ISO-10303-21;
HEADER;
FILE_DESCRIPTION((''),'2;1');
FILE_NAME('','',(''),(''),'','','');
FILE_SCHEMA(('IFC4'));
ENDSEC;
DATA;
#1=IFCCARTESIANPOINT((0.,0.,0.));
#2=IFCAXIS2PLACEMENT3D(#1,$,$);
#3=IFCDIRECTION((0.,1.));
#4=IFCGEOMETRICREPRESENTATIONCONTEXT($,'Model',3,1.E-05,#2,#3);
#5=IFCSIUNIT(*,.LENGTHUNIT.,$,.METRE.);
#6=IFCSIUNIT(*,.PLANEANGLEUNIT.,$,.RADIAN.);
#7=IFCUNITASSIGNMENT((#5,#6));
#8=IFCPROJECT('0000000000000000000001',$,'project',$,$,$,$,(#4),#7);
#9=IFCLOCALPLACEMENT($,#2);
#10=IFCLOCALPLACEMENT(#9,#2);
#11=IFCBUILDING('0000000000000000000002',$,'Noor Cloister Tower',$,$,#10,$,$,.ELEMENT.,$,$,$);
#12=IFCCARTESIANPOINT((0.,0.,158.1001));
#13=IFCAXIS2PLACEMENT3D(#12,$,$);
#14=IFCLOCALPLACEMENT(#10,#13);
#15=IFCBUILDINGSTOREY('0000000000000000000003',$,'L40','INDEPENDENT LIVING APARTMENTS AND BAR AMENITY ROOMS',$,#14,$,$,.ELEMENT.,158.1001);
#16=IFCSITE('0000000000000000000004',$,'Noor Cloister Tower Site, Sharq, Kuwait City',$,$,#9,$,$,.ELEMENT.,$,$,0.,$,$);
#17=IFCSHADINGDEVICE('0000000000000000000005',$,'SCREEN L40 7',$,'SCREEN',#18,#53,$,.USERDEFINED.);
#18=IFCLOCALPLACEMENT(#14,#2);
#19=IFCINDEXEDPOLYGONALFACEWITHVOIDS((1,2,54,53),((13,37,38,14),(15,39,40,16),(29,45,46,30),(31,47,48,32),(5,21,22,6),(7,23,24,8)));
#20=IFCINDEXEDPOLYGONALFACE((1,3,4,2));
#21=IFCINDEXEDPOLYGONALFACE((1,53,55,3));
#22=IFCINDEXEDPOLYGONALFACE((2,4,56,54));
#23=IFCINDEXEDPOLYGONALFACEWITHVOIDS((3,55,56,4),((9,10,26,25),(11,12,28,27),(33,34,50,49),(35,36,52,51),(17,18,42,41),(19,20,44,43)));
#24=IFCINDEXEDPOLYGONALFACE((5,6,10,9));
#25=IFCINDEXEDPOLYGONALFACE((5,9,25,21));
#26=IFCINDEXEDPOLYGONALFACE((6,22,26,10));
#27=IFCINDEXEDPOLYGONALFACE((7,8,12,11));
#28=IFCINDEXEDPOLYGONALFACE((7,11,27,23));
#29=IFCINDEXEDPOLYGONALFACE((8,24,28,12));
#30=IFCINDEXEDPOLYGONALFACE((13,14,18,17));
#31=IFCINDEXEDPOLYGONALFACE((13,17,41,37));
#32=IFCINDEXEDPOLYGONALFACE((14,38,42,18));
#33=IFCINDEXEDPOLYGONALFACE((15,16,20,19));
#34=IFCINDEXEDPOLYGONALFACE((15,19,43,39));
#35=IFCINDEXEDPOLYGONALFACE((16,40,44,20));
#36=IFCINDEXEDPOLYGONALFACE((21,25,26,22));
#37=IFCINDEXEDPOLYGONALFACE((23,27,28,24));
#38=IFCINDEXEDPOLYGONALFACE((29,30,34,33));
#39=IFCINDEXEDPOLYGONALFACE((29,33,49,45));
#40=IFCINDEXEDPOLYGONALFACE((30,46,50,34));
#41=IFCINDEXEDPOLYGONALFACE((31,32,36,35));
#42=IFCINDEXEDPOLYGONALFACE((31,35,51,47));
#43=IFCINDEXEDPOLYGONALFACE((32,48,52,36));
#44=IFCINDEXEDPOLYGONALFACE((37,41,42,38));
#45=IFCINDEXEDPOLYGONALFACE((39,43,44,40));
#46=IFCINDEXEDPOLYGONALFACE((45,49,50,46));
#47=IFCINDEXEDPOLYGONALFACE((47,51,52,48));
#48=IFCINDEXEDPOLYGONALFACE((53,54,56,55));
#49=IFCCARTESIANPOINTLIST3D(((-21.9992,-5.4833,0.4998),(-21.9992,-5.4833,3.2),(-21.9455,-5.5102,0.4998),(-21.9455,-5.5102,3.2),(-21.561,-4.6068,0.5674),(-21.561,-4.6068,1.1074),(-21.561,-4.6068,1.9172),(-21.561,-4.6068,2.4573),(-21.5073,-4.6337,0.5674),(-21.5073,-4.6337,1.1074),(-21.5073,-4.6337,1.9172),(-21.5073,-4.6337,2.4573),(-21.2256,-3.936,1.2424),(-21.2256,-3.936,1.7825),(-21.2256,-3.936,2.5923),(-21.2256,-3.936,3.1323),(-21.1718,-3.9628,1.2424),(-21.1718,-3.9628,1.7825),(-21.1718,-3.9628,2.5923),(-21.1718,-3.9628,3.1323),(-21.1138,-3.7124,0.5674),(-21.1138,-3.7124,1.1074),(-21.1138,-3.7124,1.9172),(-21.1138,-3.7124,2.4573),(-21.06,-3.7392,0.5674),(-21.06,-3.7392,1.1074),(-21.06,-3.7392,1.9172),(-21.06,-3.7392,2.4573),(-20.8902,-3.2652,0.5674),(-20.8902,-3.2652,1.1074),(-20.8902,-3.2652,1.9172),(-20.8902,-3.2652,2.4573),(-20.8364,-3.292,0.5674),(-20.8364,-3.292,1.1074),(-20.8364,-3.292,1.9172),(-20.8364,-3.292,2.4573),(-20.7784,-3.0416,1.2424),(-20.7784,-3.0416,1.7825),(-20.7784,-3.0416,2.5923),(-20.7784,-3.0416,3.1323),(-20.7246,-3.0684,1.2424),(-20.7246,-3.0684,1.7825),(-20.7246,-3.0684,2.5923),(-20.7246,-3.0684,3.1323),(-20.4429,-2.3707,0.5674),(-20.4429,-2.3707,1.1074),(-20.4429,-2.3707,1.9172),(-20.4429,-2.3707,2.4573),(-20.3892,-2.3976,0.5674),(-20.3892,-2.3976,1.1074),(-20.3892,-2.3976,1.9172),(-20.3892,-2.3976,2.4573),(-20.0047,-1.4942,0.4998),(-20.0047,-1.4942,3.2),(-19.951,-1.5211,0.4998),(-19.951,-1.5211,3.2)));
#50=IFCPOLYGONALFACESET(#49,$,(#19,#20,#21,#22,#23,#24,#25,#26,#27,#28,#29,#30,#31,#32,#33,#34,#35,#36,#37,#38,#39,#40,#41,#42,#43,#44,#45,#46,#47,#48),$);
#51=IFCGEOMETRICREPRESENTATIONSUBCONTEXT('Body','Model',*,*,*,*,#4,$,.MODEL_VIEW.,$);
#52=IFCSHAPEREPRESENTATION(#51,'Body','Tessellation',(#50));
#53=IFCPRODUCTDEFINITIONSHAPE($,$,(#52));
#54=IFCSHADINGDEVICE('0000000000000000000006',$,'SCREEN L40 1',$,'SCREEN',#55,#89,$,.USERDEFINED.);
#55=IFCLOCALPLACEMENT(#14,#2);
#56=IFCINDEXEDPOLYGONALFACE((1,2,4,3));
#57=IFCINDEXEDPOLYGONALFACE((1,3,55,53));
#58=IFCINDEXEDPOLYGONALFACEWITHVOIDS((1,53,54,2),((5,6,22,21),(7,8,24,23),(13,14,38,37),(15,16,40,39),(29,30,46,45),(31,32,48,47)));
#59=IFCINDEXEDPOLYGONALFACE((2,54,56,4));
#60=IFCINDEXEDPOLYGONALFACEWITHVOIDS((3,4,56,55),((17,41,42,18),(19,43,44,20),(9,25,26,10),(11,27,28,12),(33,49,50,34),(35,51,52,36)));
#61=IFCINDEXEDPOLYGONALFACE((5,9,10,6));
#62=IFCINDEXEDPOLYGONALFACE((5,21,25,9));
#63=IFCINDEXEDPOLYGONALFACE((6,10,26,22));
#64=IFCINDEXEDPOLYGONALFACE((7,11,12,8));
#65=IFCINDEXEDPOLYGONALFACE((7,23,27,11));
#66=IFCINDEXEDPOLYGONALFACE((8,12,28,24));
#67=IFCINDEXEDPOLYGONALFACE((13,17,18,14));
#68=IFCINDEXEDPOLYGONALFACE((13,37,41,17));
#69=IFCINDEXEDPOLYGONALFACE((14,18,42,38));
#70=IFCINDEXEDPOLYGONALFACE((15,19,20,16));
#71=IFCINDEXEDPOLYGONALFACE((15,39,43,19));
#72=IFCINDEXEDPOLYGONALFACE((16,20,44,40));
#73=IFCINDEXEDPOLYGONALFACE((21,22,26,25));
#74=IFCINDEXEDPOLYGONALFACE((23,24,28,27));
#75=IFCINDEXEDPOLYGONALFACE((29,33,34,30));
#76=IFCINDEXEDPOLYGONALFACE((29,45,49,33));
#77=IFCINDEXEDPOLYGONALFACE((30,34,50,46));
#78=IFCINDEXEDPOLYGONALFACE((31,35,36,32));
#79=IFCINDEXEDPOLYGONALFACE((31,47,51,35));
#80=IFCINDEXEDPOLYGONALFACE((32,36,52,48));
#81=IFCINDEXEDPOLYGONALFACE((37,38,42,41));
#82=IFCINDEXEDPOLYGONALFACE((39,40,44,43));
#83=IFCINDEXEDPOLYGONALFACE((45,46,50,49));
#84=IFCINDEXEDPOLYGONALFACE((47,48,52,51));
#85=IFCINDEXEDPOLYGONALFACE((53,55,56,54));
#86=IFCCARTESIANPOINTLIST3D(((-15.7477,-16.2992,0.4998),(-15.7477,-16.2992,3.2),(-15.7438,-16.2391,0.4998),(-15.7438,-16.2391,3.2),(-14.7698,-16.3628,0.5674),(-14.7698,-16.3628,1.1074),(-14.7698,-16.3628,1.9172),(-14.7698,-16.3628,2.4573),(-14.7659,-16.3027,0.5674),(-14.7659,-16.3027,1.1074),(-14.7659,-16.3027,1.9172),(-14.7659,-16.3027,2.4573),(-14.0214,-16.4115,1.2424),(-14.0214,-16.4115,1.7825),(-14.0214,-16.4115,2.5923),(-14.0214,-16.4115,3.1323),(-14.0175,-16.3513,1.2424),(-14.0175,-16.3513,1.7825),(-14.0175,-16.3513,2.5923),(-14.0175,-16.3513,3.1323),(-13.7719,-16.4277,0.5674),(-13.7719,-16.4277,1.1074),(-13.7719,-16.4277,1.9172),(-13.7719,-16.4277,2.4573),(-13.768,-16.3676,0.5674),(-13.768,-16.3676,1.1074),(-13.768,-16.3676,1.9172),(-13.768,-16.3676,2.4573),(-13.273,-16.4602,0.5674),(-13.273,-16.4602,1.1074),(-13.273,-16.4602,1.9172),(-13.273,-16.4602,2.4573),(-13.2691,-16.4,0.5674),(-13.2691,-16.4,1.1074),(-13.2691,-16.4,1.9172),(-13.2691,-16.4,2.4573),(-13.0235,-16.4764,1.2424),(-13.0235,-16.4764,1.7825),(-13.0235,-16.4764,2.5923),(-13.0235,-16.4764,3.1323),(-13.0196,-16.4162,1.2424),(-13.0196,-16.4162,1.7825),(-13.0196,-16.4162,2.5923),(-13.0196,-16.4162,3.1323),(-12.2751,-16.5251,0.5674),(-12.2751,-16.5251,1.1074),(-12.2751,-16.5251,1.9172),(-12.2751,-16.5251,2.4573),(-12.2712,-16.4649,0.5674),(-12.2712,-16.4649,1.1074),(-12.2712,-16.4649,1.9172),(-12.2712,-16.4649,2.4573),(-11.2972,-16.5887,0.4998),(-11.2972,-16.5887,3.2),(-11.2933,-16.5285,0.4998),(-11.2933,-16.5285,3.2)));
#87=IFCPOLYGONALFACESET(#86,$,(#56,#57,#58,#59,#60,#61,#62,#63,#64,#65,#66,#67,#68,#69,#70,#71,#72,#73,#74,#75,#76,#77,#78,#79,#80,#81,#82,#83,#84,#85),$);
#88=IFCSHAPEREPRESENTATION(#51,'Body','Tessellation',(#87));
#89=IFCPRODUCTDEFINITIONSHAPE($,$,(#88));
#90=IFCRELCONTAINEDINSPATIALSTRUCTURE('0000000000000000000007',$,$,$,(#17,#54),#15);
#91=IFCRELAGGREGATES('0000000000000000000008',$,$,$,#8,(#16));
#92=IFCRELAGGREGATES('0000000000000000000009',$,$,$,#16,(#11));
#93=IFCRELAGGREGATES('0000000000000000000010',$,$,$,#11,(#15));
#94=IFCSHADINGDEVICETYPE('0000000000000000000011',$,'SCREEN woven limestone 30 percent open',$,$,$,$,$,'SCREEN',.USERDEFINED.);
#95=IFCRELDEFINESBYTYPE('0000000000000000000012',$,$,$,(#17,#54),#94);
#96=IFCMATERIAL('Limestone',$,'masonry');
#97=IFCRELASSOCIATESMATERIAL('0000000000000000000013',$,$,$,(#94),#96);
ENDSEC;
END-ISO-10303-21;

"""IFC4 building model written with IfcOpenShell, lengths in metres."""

from ifc_helpers import new_model, si_unit, direction, frame, origin, place, context, subcontext, project, spatial, polyline, outline, extrude, material, material_profile, profile_set, type_object, element, save


model = new_model("IFC4")

# Units and contexts
model_context = context("Model", 3, precision=1e-05, world=origin(), true_north=direction((0.0, 1.0)))
body_context = subcontext(model_context, "Body", "Model", "MODEL_VIEW")
ifc_project = project(units=[si_unit("LENGTHUNIT", "METRE"), si_unit("PLANEANGLEUNIT", "RADIAN")], contexts=[model_context])

# Site, building, storey
site_placement = place(None, origin())
site = spatial("IfcSite", under=ifc_project, at=site_placement, Name="Noor Cloister Tower Site, Sharq, Kuwait City", CompositionType="ELEMENT", RefElevation=0.0)
building_placement = place(site_placement, origin())
building = spatial("IfcBuilding", under=site, at=building_placement, Name="Noor Cloister Tower", CompositionType="ELEMENT")
storey_placement = place(building_placement, frame((0.0, 0.0, 158.1001)))
storey = spatial("IfcBuildingStorey", under=building, at=storey_placement, Name="L40", Description="INDEPENDENT LIVING APARTMENTS AND BAR AMENITY ROOMS", CompositionType="ELEMENT", Elevation=158.1001)

# Shading devices
ifc_material_1 = material(Name="Limestone", Category="masonry")
ifc_material_profile_1 = material_profile(ifc_material_1, outline(polyline([(-2.23, -1.3501), (2.23, -1.3501), (2.23, 1.3501), (-2.23, 1.3501), (-2.23, -1.3501)]), holes=[polyline([(-1.25, -1.2825), (-0.25, -1.2825), (-0.25, -0.7424), (-1.25, -0.7424), (-1.25, -1.2825)]), polyline([(0.25, -1.2825), (1.25, -1.2825), (1.25, -0.7424), (0.25, -0.7424), (0.25, -1.2825)]), polyline([(-0.5, -0.6074), (0.5, -0.6074), (0.5, -0.0674), (-0.5, -0.0674), (-0.5, -0.6074)]), polyline([(-1.25, 0.0674), (-0.25, 0.0674), (-0.25, 0.6074), (-1.25, 0.6074), (-1.25, 0.0674)]), polyline([(0.25, 0.0674), (1.25, 0.0674), (1.25, 0.6074), (0.25, 0.6074), (0.25, 0.0674)]), polyline([(-0.5, 0.7424), (0.5, 0.7424), (0.5, 1.2825), (-0.5, 1.2825), (-0.5, 0.7424)])]), Name="Woven screen 30 percent open")
ifc_profile_set_1 = profile_set([ifc_material_profile_1], Name="Limestone")
shading_device_type = type_object("IfcShadingDeviceType", Name="SCREEN woven limestone 30 percent open", ElementType="SCREEN", PredefinedType="USERDEFINED", material=ifc_profile_set_1)
shading_device_1_placement = place(storey_placement, frame((-20.9482, -3.5156, 1.8499), z_axis=(-0.894427, 0.447214, 0.0), x_axis=(-0.447214, -0.894427, 0.0)))
element("IfcShadingDevice", 1, at=shading_device_1_placement, inside=storey, type_object=shading_device_type, Name="SCREEN L40 7", ObjectType="SCREEN", PredefinedType="USERDEFINED", context=body_context, shape_type="SweptSolid", body=[
    extrude(outline(polyline([(-2.23, -1.3501), (2.23, -1.3501), (2.23, 1.3501), (-2.23, 1.3501), (-2.23, -1.3501)]), holes=[polyline([(-1.25, -1.2825), (-0.25, -1.2825), (-0.25, -0.7424), (-1.25, -0.7424), (-1.25, -1.2825)]), polyline([(0.25, -1.2825), (1.25, -1.2825), (1.25, -0.7424), (0.25, -0.7424), (0.25, -1.2825)]), polyline([(-0.5, -0.6074), (0.5, -0.6074), (0.5, -0.0674), (-0.5, -0.0674), (-0.5, -0.6074)]), polyline([(-1.25, 0.0674), (-0.25, 0.0674), (-0.25, 0.6074), (-1.25, 0.6074), (-1.25, 0.0674)]), polyline([(0.25, 0.0674), (1.25, 0.0674), (1.25, 0.6074), (0.25, 0.6074), (0.25, 0.0674)]), polyline([(-0.5, 0.7424), (0.5, 0.7424), (0.5, 1.2825), (-0.5, 1.2825), (-0.5, 0.7424)])]), origin(), (0.0, 0.0, 1.0), 0.0601),
])
shading_device_2_placement = place(storey_placement, frame((-13.5186, -16.3838, 1.8499), z_axis=(-0.064904, -0.997892, 0.0), x_axis=(0.997892, -0.064904, 0.0)))
element("IfcShadingDevice", 2, at=shading_device_2_placement, inside=storey, type_object=shading_device_type, Name="SCREEN L40 1", ObjectType="SCREEN", PredefinedType="USERDEFINED", context=body_context, shape_type="SweptSolid", body=[
    extrude(outline(polyline([(-2.23, -1.3501), (2.23, -1.3501), (2.23, 1.3501), (-2.23, 1.3501), (-2.23, -1.3501)]), holes=[polyline([(-1.25, -1.2825), (-0.25, -1.2825), (-0.25, -0.7424), (-1.25, -0.7424), (-1.25, -1.2825)]), polyline([(0.25, -1.2825), (1.25, -1.2825), (1.25, -0.7424), (0.25, -0.7424), (0.25, -1.2825)]), polyline([(-0.5, -0.6074), (0.5, -0.6074), (0.5, -0.0674), (-0.5, -0.0674), (-0.5, -0.6074)]), polyline([(-1.25, 0.0674), (-0.25, 0.0674), (-0.25, 0.6074), (-1.25, 0.6074), (-1.25, 0.0674)]), polyline([(0.25, 0.0674), (1.25, 0.0674), (1.25, 0.6074), (0.25, 0.6074), (0.25, 0.0674)]), polyline([(-0.5, 0.7424), (0.5, 0.7424), (0.5, 1.2825), (-0.5, 1.2825), (-0.5, 0.7424)])]), origin(), (0.0, 0.0, 1.0), 0.0603),
])

save(model, "model.ifc")
